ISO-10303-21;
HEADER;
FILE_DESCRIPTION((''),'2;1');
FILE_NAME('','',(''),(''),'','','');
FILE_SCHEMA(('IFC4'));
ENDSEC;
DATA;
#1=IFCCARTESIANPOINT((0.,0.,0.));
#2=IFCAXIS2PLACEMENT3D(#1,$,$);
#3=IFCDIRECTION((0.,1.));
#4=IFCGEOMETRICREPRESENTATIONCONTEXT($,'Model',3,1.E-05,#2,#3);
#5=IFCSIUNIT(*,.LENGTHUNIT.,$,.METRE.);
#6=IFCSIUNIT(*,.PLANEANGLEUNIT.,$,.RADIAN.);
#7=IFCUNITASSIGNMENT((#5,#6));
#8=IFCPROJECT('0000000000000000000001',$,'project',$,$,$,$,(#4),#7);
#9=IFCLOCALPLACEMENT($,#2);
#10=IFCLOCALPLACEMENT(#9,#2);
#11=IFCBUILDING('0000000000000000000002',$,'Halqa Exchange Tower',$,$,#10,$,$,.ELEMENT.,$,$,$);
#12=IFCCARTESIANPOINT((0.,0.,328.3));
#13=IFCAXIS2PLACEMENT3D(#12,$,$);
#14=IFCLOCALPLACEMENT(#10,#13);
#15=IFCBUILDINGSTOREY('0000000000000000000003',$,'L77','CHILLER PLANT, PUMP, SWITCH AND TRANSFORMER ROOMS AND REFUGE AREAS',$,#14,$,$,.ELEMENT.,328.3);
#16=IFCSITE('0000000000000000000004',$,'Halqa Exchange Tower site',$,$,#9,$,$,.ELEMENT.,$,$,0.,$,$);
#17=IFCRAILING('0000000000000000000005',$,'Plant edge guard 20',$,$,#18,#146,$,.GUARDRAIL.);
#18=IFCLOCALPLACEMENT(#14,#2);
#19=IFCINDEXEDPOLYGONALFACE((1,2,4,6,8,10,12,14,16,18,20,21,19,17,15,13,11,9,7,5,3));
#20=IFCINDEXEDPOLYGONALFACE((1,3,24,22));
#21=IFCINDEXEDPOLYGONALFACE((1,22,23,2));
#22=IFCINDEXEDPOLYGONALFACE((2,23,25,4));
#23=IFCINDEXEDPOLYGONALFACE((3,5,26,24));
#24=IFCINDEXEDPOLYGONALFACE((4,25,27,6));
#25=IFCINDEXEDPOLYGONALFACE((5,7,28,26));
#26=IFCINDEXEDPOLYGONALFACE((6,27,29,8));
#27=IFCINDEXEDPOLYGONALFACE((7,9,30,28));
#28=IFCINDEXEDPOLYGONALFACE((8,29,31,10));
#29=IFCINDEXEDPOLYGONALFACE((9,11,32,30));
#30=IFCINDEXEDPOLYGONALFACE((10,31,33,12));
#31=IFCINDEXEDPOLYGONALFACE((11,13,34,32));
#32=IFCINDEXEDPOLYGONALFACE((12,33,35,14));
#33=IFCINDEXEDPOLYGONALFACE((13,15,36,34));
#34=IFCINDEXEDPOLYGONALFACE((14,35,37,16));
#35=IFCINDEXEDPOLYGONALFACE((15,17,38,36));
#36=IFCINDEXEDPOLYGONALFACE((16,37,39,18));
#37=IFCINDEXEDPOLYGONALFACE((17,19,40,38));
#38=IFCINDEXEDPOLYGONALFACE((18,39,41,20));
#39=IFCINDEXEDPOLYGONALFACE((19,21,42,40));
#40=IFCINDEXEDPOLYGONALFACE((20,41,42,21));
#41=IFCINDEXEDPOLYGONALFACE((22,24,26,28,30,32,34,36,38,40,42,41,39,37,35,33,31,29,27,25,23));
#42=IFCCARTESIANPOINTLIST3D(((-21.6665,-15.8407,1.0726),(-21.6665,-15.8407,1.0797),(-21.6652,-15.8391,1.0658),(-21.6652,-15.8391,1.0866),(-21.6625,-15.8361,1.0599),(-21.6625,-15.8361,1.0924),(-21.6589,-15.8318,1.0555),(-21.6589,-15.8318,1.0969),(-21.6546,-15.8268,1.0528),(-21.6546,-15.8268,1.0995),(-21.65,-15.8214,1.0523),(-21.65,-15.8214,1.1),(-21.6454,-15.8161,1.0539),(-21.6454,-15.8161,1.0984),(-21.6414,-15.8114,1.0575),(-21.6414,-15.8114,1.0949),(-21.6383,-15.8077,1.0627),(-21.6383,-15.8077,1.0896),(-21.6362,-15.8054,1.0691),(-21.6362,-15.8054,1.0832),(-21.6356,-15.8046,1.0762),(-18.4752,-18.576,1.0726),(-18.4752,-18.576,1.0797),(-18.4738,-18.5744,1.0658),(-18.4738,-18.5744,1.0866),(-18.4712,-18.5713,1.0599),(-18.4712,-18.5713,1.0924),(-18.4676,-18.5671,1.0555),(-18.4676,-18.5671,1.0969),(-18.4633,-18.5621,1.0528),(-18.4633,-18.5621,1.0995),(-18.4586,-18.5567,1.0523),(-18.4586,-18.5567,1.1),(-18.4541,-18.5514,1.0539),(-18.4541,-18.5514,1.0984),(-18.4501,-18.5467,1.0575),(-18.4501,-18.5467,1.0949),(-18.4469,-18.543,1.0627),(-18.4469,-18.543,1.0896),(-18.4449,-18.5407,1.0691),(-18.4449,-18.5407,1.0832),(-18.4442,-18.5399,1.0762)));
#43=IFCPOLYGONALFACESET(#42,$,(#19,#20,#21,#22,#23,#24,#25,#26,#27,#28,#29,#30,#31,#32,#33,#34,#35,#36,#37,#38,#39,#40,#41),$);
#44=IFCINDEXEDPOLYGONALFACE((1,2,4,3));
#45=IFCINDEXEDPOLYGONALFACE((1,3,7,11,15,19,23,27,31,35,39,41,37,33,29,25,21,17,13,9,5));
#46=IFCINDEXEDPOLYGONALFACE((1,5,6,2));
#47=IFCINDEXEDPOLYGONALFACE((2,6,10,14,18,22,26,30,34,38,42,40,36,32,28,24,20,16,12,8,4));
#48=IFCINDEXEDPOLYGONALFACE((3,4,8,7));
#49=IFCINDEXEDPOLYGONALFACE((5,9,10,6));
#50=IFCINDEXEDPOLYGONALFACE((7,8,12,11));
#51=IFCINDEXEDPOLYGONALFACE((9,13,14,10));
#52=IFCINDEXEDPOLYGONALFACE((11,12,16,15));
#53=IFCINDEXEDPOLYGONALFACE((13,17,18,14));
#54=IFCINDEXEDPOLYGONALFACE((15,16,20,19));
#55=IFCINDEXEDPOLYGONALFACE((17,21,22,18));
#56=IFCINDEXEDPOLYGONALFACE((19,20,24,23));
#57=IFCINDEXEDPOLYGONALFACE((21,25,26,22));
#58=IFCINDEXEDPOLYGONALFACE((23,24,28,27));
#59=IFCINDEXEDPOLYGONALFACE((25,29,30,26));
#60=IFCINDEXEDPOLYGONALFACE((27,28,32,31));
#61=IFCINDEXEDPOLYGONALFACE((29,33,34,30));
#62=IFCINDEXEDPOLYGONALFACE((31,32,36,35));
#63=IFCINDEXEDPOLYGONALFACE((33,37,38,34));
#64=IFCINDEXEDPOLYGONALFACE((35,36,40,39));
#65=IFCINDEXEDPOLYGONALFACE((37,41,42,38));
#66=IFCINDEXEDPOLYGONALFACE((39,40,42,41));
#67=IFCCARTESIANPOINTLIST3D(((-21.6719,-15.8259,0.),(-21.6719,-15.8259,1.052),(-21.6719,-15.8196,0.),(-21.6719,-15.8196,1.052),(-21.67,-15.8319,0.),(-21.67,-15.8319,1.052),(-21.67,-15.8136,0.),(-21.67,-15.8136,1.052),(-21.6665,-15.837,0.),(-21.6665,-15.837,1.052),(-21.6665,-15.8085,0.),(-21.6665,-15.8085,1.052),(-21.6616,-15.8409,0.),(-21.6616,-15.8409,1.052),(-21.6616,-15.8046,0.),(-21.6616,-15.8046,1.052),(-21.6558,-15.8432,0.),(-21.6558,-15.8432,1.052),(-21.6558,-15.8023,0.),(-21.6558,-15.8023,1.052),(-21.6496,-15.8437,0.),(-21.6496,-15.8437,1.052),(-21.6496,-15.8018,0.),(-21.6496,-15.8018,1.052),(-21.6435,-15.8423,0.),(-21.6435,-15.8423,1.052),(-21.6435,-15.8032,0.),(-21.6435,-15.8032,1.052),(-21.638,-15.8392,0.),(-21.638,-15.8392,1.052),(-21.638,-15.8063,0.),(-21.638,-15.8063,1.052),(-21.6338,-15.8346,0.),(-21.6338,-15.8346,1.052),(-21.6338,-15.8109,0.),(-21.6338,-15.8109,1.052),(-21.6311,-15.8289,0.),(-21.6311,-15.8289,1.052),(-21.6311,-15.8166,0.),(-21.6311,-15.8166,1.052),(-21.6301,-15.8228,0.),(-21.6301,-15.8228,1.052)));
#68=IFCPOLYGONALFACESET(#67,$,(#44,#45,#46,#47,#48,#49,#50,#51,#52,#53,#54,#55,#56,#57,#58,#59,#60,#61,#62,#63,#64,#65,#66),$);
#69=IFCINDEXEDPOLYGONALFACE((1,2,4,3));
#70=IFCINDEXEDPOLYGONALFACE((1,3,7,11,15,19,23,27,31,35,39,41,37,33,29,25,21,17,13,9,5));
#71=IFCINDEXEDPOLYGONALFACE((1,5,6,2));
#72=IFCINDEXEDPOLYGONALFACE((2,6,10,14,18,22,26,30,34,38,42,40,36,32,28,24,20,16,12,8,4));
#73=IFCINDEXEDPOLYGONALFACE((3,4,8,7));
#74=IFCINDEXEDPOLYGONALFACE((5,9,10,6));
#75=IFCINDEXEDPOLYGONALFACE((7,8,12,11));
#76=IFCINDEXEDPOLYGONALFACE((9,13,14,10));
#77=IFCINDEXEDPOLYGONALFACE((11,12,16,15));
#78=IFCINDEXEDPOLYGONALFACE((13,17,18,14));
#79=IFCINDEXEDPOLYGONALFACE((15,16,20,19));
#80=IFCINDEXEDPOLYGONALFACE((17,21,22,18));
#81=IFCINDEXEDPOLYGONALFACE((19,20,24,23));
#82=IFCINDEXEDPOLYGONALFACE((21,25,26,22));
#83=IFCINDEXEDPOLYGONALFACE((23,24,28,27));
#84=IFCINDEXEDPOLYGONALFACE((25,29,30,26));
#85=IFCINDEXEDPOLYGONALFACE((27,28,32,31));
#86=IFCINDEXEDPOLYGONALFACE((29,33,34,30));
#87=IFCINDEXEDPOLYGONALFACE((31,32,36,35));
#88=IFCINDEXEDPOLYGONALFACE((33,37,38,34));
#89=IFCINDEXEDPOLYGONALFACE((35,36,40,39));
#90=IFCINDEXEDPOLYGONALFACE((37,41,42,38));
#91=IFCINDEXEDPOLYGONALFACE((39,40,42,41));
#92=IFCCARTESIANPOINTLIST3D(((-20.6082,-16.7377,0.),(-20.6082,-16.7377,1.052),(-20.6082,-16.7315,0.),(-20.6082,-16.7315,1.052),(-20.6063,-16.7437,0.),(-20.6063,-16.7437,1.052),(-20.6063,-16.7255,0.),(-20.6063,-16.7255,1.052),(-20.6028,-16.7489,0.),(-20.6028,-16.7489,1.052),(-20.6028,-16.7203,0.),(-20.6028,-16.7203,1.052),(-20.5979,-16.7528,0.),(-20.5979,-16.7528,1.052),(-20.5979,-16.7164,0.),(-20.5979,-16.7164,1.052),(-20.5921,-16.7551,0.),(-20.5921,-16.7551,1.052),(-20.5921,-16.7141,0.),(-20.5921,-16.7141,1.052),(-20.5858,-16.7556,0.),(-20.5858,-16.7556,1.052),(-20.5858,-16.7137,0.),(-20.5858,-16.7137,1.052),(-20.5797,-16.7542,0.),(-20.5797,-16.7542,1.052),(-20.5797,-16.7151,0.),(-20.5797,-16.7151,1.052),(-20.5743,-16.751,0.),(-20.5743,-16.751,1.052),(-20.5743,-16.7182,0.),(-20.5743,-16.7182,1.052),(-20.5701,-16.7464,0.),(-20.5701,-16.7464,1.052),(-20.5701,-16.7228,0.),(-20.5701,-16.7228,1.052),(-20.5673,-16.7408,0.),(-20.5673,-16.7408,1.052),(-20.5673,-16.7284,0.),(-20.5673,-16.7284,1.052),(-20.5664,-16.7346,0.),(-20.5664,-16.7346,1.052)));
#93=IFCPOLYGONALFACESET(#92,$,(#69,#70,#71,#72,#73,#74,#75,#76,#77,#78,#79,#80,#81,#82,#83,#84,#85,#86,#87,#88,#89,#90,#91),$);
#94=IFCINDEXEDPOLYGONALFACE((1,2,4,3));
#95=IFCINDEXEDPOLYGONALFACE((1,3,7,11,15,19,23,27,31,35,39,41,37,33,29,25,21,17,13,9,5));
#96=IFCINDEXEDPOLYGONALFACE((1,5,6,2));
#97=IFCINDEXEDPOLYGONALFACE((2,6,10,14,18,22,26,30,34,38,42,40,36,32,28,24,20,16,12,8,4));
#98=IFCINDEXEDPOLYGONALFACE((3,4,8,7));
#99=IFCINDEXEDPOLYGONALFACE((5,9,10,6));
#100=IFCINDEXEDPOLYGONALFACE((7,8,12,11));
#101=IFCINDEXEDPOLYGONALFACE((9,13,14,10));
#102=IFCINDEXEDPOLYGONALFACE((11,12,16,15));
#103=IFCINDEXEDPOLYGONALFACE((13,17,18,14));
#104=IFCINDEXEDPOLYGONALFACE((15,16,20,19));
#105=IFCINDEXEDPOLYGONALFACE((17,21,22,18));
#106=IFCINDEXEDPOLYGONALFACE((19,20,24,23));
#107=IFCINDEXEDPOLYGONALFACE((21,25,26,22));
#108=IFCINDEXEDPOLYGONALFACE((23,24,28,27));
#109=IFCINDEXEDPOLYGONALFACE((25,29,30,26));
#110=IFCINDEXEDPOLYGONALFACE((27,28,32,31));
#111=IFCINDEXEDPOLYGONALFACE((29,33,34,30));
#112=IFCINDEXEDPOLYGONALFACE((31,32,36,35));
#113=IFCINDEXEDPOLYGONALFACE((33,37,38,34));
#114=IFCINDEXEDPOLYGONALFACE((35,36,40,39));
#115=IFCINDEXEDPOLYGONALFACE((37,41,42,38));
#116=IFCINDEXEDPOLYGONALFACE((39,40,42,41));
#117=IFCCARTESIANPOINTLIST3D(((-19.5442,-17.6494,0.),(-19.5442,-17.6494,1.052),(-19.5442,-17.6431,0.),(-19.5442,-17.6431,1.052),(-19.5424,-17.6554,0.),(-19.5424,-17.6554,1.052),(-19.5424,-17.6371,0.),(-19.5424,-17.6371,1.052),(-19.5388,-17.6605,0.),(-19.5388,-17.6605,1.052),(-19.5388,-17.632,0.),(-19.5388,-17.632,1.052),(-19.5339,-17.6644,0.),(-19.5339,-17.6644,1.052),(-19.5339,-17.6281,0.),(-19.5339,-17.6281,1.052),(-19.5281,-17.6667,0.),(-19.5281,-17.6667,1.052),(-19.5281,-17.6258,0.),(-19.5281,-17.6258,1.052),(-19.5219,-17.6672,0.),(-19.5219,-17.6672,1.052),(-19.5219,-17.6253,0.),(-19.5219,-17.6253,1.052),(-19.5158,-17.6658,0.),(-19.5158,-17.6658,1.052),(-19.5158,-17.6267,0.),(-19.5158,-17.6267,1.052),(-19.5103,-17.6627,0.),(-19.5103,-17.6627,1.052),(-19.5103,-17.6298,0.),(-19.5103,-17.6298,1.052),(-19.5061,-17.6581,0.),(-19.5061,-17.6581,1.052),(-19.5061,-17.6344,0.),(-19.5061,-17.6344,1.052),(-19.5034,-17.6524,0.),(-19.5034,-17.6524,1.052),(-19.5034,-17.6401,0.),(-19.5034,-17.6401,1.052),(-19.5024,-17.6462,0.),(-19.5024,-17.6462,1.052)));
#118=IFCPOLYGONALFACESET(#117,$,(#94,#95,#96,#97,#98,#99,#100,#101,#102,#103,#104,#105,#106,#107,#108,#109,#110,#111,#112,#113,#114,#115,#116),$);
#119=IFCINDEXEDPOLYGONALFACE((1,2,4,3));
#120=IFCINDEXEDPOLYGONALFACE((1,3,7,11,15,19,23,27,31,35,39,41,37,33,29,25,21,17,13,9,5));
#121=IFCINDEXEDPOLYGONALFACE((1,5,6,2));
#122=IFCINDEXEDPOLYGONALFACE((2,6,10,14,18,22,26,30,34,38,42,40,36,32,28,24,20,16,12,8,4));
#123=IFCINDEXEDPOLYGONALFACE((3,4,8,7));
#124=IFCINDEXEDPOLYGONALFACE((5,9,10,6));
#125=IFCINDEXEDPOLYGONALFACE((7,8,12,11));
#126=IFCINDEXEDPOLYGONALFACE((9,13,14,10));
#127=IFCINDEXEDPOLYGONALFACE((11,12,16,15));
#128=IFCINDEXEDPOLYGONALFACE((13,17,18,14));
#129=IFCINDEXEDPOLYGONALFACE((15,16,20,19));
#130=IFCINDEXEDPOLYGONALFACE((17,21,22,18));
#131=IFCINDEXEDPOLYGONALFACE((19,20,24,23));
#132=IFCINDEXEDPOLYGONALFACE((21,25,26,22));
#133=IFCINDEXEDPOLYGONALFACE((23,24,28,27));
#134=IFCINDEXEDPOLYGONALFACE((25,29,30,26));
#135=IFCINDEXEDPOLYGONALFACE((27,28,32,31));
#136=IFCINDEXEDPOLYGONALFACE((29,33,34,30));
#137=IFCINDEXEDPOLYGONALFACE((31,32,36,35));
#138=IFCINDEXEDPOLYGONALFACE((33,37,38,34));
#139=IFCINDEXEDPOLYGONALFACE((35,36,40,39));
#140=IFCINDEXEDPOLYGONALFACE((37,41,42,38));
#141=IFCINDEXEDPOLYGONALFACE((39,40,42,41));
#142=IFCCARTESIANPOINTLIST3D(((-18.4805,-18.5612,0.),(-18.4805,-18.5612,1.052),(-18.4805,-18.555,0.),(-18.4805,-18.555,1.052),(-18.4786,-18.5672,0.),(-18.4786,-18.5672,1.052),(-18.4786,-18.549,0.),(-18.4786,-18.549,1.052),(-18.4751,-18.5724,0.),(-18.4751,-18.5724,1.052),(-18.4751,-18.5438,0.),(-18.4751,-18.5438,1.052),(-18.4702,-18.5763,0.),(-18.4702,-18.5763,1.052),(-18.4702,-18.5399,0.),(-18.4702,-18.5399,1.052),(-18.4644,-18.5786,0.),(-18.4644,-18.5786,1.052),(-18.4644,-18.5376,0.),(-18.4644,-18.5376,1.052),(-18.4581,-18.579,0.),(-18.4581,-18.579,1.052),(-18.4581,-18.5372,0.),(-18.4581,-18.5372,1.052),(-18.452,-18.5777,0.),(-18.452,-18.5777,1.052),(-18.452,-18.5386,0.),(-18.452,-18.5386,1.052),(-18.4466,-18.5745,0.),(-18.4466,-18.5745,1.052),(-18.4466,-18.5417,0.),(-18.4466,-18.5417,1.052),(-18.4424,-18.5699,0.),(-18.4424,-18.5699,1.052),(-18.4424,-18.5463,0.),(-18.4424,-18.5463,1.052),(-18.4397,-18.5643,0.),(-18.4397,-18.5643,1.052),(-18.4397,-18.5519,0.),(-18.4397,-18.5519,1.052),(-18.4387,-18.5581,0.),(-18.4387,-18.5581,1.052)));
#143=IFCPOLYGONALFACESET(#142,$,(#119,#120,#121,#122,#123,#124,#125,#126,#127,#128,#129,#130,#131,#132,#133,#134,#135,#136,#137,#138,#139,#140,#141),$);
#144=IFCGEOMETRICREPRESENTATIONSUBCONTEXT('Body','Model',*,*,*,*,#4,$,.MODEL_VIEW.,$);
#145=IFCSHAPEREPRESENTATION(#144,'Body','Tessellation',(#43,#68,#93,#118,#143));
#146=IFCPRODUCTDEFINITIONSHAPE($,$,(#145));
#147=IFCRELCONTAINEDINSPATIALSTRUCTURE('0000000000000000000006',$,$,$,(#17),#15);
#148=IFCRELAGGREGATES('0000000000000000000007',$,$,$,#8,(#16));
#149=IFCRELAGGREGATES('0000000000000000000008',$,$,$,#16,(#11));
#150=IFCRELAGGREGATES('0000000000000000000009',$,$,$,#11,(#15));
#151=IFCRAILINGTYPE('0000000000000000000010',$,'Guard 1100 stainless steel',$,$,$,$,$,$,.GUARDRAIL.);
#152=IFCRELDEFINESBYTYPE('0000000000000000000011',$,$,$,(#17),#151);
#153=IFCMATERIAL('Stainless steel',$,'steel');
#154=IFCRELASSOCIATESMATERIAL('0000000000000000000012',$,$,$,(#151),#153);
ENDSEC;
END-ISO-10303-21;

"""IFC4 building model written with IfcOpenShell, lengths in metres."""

from ifc_helpers import new_model, si_unit, direction, frame, origin, origin_2d, place, context, subcontext, project, spatial, circle, extrude, material, type_object, element, save


model = new_model("IFC4")

# Units and contexts
model_context = context("Model", 3, precision=1e-05, world=origin(), true_north=direction((0.0, 1.0)))
body_context = subcontext(model_context, "Body", "Model", "MODEL_VIEW")
ifc_project = project(units=[si_unit("LENGTHUNIT", "METRE"), si_unit("PLANEANGLEUNIT", "RADIAN")], contexts=[model_context])

# Site, building, storey
site_placement = place(None, origin())
site = spatial("IfcSite", under=ifc_project, at=site_placement, Name="Halqa Exchange Tower site", CompositionType="ELEMENT", RefElevation=0.0)
building_placement = place(site_placement, origin())
building = spatial("IfcBuilding", under=site, at=building_placement, Name="Halqa Exchange Tower", CompositionType="ELEMENT")
storey_placement = place(building_placement, frame((0.0, 0.0, 328.3)))
storey = spatial("IfcBuildingStorey", under=building, at=storey_placement, Name="L77", Description="CHILLER PLANT, PUMP, SWITCH AND TRANSFORMER ROOMS AND REFUGE AREAS", CompositionType="ELEMENT", Elevation=328.3)

# Railing
ifc_material_1 = material(Name="Stainless steel", Category="steel")
railing_type = type_object("IfcRailingType", Name="Guard 1100 stainless steel", PredefinedType="GUARDRAIL", material=ifc_material_1)
railing_1_placement = place(storey_placement, frame((-21.6511, -15.8228, 0.0)))
element("IfcRailing", 1, at=railing_1_placement, inside=storey, type_object=railing_type, Name="Plant edge guard 20", PredefinedType="GUARDRAIL", context=body_context, shape_type="SweptSolid", body=[
    extrude(circle(Radius=0.0239, at=origin_2d()), frame((0.0, 0.0, 1.0762), z_axis=(0.759273, -0.650772, 0.0), x_axis=(0.650772, 0.759273, 0.0)), (0.0, 0.0, 1.0), 4.2031),
    extrude(circle(Radius=0.021, at=origin_2d()), origin(), (0.0, 0.0, 1.0), 1.052),
    extrude(circle(Radius=0.021, at=origin_2d()), frame((1.0637, -0.9119, 0.0)), (0.0, 0.0, 1.0), 1.052),
    extrude(circle(Radius=0.021, at=origin_2d()), frame((2.1277, -1.8235, 0.0)), (0.0, 0.0, 1.0), 1.052),
    extrude(circle(Radius=0.021, at=origin_2d()), frame((3.1914, -2.7354, 0.0)), (0.0, 0.0, 1.0), 1.052),
])

save(model, "model.ifc")
